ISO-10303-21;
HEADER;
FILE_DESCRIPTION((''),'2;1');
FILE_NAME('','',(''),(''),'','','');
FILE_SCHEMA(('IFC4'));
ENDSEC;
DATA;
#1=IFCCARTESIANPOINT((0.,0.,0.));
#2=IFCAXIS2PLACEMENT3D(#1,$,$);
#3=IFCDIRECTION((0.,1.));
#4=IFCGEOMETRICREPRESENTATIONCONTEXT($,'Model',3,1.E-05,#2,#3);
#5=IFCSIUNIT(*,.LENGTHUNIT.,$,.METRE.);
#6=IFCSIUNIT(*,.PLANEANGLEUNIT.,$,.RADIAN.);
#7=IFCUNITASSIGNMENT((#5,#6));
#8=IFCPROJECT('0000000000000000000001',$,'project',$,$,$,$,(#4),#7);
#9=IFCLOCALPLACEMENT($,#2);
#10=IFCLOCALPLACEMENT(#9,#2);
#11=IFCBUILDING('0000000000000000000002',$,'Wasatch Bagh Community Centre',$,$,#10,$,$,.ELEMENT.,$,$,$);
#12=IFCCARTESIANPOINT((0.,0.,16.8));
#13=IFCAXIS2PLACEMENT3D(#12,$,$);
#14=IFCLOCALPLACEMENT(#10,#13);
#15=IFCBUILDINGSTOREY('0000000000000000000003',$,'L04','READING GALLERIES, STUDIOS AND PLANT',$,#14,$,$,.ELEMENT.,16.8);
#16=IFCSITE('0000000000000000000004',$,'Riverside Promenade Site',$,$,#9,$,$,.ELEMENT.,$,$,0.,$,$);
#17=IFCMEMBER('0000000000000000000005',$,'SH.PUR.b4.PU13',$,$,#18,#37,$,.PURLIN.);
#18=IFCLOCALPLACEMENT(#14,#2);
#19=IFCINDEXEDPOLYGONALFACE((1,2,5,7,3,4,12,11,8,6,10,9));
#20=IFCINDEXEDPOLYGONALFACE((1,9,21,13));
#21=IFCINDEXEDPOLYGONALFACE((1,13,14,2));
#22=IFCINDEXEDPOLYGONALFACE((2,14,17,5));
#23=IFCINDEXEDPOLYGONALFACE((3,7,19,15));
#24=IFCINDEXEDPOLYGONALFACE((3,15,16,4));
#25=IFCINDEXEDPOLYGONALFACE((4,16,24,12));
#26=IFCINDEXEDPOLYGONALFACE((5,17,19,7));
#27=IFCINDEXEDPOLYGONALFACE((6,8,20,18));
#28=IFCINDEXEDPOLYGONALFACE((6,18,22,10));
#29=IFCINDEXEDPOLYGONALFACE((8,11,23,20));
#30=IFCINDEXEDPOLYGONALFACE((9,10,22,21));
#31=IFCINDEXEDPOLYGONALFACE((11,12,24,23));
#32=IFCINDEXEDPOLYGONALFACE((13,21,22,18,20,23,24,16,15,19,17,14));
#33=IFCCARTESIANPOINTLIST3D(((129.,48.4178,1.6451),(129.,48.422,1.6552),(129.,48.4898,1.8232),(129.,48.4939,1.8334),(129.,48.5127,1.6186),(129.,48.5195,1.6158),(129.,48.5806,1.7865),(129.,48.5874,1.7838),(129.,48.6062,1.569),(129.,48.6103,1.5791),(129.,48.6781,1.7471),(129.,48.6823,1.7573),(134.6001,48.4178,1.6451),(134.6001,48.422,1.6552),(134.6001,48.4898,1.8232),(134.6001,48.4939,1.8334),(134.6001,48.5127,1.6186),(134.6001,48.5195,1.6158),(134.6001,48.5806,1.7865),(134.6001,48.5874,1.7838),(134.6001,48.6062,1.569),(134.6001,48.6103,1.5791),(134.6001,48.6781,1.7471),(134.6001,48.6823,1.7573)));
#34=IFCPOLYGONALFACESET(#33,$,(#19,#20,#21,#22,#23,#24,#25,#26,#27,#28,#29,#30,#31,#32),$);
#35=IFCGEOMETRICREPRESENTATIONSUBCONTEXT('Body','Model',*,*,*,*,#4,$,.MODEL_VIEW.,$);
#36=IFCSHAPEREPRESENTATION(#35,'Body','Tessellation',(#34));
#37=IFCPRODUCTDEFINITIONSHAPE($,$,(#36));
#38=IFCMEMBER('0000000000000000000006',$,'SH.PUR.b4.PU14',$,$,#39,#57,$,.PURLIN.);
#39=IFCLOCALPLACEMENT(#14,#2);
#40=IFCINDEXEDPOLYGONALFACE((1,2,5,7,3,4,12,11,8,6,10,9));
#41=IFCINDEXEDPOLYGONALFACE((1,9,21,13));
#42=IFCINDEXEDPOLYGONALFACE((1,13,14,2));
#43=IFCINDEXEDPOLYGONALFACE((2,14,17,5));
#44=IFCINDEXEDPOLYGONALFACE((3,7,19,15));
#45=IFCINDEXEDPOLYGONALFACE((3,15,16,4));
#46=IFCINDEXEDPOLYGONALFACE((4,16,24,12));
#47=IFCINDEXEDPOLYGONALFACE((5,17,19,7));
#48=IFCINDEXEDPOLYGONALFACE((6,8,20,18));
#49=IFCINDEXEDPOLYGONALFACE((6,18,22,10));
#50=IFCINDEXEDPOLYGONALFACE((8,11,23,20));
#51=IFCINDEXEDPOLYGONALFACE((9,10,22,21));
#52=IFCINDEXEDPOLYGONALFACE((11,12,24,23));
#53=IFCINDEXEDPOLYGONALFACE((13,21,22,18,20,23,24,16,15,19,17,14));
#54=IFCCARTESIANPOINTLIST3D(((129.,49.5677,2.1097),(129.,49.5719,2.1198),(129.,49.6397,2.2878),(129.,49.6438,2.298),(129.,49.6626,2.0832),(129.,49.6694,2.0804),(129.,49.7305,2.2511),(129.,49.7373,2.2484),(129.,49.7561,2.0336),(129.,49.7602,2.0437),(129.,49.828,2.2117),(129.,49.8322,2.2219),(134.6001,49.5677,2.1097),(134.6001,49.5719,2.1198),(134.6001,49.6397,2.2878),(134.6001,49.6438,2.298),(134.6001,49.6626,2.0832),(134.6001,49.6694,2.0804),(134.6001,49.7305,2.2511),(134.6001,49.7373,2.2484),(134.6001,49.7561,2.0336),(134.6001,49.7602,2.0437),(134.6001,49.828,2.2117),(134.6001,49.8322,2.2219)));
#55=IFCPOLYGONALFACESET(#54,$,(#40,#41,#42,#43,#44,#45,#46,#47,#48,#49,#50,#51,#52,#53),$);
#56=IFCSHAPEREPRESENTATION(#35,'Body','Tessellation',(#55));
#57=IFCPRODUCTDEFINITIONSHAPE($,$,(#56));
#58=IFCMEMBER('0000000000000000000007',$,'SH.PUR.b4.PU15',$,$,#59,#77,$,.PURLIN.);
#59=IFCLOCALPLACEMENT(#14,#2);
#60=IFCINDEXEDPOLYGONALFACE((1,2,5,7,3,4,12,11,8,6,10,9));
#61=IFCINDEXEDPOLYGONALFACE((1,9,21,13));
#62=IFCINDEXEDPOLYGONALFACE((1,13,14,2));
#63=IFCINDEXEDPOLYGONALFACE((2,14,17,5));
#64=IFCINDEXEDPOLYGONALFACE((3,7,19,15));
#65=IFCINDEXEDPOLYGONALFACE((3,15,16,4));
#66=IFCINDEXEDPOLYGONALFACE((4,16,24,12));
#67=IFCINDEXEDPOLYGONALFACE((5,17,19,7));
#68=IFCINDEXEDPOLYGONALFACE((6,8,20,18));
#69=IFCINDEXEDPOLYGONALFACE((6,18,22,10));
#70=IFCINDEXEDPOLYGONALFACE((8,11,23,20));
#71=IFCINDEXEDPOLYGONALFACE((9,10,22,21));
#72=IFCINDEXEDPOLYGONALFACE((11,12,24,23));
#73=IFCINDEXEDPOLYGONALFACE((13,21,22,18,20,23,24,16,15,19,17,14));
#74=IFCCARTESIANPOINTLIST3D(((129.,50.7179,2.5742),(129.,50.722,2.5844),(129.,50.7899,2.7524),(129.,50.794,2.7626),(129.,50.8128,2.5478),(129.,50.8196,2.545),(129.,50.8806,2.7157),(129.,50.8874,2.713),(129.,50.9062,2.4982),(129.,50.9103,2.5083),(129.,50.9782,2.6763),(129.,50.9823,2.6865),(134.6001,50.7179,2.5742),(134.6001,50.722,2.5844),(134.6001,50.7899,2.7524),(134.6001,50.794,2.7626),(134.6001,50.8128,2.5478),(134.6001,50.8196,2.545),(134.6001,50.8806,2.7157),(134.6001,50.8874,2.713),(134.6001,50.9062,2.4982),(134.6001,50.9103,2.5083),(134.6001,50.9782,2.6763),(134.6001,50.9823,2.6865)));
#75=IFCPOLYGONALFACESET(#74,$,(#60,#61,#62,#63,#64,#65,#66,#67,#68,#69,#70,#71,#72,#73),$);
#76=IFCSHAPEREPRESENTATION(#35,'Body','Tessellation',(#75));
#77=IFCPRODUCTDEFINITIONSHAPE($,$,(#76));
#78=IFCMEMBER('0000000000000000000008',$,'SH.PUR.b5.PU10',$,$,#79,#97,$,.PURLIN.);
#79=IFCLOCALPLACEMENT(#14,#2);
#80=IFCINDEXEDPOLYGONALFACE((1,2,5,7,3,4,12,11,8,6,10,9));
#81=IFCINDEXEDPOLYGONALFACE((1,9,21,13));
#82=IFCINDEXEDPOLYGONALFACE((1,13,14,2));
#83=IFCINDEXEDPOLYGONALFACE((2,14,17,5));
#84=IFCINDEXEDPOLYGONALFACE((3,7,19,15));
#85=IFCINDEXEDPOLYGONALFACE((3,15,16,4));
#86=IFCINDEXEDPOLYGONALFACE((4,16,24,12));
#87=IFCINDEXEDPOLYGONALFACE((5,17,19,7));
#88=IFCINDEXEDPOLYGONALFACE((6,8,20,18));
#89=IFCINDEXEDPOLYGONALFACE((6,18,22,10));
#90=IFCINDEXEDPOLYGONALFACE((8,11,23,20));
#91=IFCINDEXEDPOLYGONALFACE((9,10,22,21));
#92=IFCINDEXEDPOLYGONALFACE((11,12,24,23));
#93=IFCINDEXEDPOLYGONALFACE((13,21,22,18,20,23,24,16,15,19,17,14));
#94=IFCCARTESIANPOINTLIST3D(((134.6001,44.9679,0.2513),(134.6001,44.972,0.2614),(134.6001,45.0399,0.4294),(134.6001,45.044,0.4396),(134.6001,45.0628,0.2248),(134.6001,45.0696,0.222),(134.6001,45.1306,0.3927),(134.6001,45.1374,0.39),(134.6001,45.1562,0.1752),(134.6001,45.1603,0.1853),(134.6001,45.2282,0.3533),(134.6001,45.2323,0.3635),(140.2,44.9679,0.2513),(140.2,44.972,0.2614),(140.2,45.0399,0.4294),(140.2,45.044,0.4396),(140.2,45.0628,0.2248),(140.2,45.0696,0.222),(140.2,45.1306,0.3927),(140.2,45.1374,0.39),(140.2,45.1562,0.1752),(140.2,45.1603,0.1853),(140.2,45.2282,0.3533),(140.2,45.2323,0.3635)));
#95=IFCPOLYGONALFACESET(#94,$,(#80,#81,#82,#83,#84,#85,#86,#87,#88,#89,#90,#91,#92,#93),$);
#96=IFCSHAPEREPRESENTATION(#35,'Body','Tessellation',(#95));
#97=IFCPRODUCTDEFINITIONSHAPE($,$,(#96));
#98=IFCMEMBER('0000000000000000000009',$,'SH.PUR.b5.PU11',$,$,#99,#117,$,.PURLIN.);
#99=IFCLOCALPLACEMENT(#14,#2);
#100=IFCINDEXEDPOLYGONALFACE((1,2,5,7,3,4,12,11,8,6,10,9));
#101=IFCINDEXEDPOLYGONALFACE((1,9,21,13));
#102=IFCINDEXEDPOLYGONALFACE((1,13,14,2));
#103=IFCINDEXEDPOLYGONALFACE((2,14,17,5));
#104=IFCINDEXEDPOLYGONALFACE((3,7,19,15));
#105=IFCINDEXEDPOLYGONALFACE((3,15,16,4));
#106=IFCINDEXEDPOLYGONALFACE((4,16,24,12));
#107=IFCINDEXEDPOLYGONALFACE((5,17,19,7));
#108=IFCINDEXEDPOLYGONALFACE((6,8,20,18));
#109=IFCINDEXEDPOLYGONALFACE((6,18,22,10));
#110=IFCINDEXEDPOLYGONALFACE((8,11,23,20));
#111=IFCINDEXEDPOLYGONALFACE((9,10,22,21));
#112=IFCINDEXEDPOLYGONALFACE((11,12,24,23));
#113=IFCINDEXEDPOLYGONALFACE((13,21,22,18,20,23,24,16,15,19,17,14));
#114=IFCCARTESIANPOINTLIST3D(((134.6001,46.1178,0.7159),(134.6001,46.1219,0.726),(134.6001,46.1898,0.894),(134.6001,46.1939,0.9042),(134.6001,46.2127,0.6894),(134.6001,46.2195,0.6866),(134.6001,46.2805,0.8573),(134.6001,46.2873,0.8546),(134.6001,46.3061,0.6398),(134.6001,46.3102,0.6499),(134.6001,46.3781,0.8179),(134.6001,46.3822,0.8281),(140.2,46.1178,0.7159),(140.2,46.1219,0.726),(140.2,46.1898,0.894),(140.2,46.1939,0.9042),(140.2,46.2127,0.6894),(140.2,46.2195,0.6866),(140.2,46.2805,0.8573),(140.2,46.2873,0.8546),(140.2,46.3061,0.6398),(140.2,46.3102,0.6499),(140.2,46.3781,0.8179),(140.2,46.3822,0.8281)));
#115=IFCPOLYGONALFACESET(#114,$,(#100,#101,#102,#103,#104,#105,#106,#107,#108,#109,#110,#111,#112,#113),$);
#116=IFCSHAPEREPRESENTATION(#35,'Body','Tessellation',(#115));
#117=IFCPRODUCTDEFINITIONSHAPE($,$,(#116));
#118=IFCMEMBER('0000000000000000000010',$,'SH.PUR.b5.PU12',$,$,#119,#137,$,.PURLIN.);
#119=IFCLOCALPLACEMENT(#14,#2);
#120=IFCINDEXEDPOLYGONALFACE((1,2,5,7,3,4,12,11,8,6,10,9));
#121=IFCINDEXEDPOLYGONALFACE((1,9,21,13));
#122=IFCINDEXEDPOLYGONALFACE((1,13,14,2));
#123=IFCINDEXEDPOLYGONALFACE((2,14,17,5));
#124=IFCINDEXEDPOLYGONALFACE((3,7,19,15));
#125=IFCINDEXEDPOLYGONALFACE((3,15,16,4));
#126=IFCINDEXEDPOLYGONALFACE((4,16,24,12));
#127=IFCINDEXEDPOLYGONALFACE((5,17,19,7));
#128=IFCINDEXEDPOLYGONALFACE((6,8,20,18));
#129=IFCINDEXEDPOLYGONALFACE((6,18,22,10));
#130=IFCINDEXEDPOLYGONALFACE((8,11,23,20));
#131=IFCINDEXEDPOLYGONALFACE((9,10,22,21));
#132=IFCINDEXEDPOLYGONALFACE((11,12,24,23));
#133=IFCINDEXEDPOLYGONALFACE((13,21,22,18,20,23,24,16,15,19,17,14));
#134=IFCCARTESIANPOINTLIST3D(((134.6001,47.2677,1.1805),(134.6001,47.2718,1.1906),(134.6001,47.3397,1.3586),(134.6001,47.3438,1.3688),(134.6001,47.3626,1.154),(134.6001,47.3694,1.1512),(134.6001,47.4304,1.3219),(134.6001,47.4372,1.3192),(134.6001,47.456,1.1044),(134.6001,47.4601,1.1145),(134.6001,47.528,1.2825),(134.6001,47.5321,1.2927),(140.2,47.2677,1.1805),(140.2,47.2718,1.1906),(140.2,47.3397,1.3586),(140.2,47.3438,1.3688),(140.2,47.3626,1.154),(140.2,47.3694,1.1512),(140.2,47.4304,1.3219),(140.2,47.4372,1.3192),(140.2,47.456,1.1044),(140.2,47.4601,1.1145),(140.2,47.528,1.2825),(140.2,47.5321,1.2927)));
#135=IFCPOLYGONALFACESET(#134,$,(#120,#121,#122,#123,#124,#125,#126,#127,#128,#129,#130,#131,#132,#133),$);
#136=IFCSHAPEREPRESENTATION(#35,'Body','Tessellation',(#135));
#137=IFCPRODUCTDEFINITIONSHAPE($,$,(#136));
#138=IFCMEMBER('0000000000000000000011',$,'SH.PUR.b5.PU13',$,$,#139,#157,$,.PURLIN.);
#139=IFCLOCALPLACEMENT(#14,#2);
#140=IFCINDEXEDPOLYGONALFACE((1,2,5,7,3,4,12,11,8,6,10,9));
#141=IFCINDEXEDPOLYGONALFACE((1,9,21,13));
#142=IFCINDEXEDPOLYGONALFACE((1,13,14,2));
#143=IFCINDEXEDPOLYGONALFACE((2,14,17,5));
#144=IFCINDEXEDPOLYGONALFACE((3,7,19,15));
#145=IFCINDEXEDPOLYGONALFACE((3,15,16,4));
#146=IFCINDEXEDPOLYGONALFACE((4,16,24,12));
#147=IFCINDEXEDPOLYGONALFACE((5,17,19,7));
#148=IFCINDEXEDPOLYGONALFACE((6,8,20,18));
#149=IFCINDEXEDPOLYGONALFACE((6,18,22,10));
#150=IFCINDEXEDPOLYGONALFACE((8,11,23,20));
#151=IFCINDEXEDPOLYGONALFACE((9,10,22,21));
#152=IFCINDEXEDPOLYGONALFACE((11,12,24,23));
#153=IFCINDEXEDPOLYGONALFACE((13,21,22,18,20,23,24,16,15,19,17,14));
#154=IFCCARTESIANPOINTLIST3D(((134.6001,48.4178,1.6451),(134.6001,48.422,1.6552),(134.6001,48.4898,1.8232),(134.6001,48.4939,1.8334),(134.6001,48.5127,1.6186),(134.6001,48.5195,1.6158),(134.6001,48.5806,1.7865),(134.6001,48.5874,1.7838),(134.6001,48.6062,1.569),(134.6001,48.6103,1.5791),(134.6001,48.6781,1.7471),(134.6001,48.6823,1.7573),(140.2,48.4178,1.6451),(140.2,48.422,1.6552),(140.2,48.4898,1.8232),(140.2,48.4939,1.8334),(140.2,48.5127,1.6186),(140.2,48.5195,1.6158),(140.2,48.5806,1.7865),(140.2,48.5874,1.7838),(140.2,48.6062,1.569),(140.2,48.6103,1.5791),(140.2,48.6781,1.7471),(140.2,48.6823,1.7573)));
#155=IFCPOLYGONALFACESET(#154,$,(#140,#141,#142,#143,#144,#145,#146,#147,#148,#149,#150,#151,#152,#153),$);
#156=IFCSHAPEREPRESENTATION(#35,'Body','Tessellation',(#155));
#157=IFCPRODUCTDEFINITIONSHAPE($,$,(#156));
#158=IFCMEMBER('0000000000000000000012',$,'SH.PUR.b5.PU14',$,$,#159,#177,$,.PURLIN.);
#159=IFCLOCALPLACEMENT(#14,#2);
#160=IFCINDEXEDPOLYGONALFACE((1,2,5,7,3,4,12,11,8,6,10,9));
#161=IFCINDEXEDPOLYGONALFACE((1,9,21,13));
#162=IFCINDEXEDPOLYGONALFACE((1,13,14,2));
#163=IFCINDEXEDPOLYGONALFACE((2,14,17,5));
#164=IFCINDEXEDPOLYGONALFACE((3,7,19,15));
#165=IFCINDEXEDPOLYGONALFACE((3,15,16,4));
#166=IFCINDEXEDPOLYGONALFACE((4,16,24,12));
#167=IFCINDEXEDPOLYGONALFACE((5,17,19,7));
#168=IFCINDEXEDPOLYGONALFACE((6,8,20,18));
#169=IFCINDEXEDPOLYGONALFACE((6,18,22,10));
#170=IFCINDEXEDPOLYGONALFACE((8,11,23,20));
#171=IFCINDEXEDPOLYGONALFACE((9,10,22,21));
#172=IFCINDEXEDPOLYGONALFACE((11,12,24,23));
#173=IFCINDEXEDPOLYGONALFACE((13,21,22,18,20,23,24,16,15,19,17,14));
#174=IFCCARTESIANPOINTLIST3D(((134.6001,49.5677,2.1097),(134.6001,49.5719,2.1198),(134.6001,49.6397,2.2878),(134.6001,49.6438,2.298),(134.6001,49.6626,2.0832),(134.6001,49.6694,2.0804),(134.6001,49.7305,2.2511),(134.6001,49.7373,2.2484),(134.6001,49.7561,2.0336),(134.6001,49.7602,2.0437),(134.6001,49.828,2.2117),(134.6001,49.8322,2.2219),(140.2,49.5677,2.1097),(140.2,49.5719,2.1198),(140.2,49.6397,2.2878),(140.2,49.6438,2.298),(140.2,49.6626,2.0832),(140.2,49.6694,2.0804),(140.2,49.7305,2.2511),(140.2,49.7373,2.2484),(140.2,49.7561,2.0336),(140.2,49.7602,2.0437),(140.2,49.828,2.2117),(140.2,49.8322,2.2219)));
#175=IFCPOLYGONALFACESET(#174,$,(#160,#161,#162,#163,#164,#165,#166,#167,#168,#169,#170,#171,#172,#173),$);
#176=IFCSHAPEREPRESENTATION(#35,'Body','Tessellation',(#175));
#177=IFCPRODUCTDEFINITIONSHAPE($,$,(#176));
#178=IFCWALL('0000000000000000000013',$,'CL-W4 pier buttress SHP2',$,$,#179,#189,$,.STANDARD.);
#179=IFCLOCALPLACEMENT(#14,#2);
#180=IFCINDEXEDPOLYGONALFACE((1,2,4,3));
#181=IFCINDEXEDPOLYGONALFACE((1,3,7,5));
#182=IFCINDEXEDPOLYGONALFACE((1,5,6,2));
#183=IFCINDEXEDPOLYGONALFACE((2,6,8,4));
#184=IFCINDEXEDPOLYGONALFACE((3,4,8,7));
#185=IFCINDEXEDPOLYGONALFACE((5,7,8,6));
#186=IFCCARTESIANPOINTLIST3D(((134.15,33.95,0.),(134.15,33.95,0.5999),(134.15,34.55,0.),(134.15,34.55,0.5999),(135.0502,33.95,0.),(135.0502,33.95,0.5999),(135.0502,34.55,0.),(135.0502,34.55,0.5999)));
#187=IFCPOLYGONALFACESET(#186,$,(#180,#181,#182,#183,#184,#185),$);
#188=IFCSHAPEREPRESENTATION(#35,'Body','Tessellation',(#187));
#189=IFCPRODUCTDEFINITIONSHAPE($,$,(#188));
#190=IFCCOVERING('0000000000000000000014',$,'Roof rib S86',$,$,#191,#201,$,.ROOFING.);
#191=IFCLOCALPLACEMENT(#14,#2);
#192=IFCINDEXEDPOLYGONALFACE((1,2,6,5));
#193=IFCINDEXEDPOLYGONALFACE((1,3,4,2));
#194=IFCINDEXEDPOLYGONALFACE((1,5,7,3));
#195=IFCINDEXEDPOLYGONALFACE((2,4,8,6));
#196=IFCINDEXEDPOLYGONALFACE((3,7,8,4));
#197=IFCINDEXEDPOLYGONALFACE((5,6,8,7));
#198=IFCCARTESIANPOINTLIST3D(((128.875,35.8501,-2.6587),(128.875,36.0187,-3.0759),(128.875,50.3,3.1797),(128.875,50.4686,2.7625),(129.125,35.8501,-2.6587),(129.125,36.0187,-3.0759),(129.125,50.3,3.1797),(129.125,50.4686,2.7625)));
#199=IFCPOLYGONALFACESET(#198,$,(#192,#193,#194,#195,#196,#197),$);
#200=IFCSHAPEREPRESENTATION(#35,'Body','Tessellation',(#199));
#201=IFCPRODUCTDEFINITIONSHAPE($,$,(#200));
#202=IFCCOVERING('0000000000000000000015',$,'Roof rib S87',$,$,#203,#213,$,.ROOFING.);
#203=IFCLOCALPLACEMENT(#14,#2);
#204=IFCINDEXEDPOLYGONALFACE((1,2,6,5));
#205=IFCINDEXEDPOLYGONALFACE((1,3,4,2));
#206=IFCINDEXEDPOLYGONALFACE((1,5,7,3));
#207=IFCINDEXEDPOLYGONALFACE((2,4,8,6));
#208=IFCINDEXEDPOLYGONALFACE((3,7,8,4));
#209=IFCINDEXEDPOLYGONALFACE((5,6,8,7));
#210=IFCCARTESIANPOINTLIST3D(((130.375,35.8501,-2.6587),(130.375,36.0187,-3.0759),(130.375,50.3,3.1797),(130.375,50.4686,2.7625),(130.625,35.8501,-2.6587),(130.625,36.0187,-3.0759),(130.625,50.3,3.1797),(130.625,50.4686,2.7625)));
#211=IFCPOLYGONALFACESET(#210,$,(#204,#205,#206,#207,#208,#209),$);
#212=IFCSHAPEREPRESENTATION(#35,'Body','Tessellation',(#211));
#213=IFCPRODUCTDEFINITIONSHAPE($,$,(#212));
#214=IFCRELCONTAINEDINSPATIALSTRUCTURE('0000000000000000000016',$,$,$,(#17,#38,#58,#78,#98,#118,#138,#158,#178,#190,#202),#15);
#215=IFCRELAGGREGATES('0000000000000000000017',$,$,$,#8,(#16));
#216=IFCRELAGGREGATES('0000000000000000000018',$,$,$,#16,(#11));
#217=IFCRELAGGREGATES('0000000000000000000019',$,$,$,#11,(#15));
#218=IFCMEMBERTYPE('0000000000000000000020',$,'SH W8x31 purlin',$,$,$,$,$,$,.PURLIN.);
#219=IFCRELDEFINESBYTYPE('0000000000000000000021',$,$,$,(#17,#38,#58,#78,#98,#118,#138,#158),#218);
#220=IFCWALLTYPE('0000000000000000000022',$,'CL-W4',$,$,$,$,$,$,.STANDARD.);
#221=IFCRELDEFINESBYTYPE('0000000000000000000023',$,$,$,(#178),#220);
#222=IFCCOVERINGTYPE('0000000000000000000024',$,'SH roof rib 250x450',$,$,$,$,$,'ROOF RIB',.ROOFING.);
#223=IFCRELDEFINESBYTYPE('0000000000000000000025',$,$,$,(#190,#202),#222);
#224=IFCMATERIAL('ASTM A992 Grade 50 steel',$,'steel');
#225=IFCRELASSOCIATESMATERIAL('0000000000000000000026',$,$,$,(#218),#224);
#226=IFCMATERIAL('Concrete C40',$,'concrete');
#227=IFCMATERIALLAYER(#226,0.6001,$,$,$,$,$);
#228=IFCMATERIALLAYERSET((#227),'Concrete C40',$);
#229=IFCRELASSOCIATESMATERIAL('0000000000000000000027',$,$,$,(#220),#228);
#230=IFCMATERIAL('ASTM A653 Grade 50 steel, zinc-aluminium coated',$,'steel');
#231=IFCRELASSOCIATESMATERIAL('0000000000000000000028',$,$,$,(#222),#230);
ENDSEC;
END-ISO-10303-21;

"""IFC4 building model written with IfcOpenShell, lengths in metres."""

from ifc_helpers import new_model, si_unit, direction, frame, frame_2d, origin, origin_2d, place, context, subcontext, project, spatial, polyline, rectangle, i_section, outline, extrude, material, layer, layer_set, material_profile, profile_set, type_object, element, save


model = new_model("IFC4")

# Units and contexts
model_context = context("Model", 3, precision=1e-05, world=origin(), true_north=direction((0.0, 1.0)))
body_context = subcontext(model_context, "Body", "Model", "MODEL_VIEW")
ifc_project = project(units=[si_unit("LENGTHUNIT", "METRE"), si_unit("PLANEANGLEUNIT", "RADIAN")], contexts=[model_context])

# Site, building, storey
site_placement = place(None, origin())
site = spatial("IfcSite", under=ifc_project, at=site_placement, Name="Riverside Promenade Site", CompositionType="ELEMENT", RefElevation=0.0)
building_placement = place(site_placement, origin())
building = spatial("IfcBuilding", under=site, at=building_placement, Name="Wasatch Bagh Community Centre", CompositionType="ELEMENT")
storey_placement = place(building_placement, frame((0.0, 0.0, 16.8)))
storey = spatial("IfcBuildingStorey", under=building, at=storey_placement, Name="L04", Description="READING GALLERIES, STUDIOS AND PLANT", CompositionType="ELEMENT", Elevation=16.8)

# Shared definitions
ifc_material_1 = material(Name="Concrete C40", Category="concrete")

# Members
ifc_material_2 = material(Name="ASTM A992 Grade 50 steel", Category="steel")
ifc_material_profile_1 = material_profile(ifc_material_2, i_section(OverallWidth=0.2031, OverallDepth=0.2031, WebThickness=0.0073, FlangeThickness=0.011, at=origin_2d()), Name="W8x31")
ifc_profile_set_1 = profile_set([ifc_material_profile_1], Name="ASTM A992 Grade 50 steel")
member_type_1 = type_object("IfcMemberType", Name="SH W8x31 purlin", PredefinedType="PURLIN", material=ifc_profile_set_1)
for number, where, z_axis, x_axis, name in (
    (1, (129.0, 48.55, 1.7012), (1.0, 0.0, 0.0), (0.0, 0.927184, -0.374607), "SH.PUR.b4.PU13"),
    (2, (129.0, 49.7, 2.1658), (1.0, 0.0, 0.0), (0.0, 0.927184, -0.374607), "SH.PUR.b4.PU14"),
    (3, (129.0, 50.8501, 2.6304), (1.0, 0.0, 0.0), (0.0, 0.927184, -0.374607), "SH.PUR.b4.PU15"),
):
    element("IfcMember", number, at=place(storey_placement, frame(where, z_axis=z_axis, x_axis=x_axis)), inside=storey, type_object=member_type_1, Name=name, PredefinedType="PURLIN", context=body_context, shape_type="SweptSolid", body=[
        extrude(i_section(OverallWidth=0.2031, OverallDepth=0.2031, WebThickness=0.0073, FlangeThickness=0.011, at=origin_2d()), origin(), (0.0, 0.0, 1.0), 5.6001),
    ])
for number, where, z_axis, x_axis, name in (
    (4, (134.6001, 45.1001, 0.3074), (1.0, 0.0, 0.0), (0.0, 0.927184, -0.374607), "SH.PUR.b5.PU10"),
    (5, (134.6001, 46.25, 0.772), (1.0, 0.0, 0.0), (0.0, 0.927184, -0.374607), "SH.PUR.b5.PU11"),
    (6, (134.6001, 47.3999, 1.2366), (1.0, 0.0, 0.0), (0.0, 0.927184, -0.374607), "SH.PUR.b5.PU12"),
    (7, (134.6001, 48.55, 1.7012), (1.0, 0.0, 0.0), (0.0, 0.927184, -0.374607), "SH.PUR.b5.PU13"),
    (8, (134.6001, 49.7, 2.1658), (1.0, 0.0, 0.0), (0.0, 0.927184, -0.374607), "SH.PUR.b5.PU14"),
):
    element("IfcMember", number, at=place(storey_placement, frame(where, z_axis=z_axis, x_axis=x_axis)), inside=storey, type_object=member_type_1, Name=name, PredefinedType="PURLIN", context=body_context, shape_type="SweptSolid", body=[
        extrude(i_section(OverallWidth=0.2031, OverallDepth=0.2031, WebThickness=0.0073, FlangeThickness=0.011, at=origin_2d()), origin(), (0.0, 0.0, 1.0), 5.5999),
    ])

# Wall
ifc_layer = layer(ifc_material_1, 0.6001)
ifc_layer_set = layer_set([ifc_layer], Name="Concrete C40")
wall_type = type_object("IfcWallType", Name="CL-W4", PredefinedType="STANDARD", material=ifc_layer_set)
wall_placement = place(storey_placement, frame((134.1499, 34.25, 0.0), z_axis=(0.0, 0.0, 1.0), x_axis=(1.0, 0.0, 0.0)))
element("IfcWall", 9, at=wall_placement, inside=storey, type_object=wall_type, Name="CL-W4 pier buttress SHP2", PredefinedType="STANDARD", context=body_context, shape_type="SweptSolid", body=[
    extrude(rectangle(XDim=0.9001, YDim=0.6001, at=frame_2d((0.4502, 0.0))), origin(), (0.0, 0.0, 1.0), 0.5999),
])

# Coverings
ifc_material_3 = material(Name="ASTM A653 Grade 50 steel, zinc-aluminium coated", Category="steel")
covering_type = type_object("IfcCoveringType", Name="SH roof rib 250x450", ElementType="ROOF RIB", PredefinedType="ROOFING", material=ifc_material_3)
for number, where, z_axis, x_axis, name in (
    (10, (128.875, 35.8501, -2.6587), (0.0, -0.374619, 0.927179), (0.0, 0.927179, 0.374619), "Roof rib S86"),
    (11, (130.375, 35.8501, -2.6587), (0.0, -0.374619, 0.927179), (0.0, 0.927179, 0.374619), "Roof rib S87"),
):
    element("IfcCovering", number, at=place(storey_placement, frame(where, z_axis=z_axis, x_axis=x_axis)), inside=storey, type_object=covering_type, Name=name, PredefinedType="ROOFING", context=body_context, shape_type="SweptSolid", body=[
        extrude(outline(polyline([(0.0, 0.0), (15.5849, 0.0), (15.5849, -0.25), (0.0, -0.25), (0.0, 0.0)])), origin(), (0.0, 0.0, -1.0), 0.45),
    ])

save(model, "model.ifc")
